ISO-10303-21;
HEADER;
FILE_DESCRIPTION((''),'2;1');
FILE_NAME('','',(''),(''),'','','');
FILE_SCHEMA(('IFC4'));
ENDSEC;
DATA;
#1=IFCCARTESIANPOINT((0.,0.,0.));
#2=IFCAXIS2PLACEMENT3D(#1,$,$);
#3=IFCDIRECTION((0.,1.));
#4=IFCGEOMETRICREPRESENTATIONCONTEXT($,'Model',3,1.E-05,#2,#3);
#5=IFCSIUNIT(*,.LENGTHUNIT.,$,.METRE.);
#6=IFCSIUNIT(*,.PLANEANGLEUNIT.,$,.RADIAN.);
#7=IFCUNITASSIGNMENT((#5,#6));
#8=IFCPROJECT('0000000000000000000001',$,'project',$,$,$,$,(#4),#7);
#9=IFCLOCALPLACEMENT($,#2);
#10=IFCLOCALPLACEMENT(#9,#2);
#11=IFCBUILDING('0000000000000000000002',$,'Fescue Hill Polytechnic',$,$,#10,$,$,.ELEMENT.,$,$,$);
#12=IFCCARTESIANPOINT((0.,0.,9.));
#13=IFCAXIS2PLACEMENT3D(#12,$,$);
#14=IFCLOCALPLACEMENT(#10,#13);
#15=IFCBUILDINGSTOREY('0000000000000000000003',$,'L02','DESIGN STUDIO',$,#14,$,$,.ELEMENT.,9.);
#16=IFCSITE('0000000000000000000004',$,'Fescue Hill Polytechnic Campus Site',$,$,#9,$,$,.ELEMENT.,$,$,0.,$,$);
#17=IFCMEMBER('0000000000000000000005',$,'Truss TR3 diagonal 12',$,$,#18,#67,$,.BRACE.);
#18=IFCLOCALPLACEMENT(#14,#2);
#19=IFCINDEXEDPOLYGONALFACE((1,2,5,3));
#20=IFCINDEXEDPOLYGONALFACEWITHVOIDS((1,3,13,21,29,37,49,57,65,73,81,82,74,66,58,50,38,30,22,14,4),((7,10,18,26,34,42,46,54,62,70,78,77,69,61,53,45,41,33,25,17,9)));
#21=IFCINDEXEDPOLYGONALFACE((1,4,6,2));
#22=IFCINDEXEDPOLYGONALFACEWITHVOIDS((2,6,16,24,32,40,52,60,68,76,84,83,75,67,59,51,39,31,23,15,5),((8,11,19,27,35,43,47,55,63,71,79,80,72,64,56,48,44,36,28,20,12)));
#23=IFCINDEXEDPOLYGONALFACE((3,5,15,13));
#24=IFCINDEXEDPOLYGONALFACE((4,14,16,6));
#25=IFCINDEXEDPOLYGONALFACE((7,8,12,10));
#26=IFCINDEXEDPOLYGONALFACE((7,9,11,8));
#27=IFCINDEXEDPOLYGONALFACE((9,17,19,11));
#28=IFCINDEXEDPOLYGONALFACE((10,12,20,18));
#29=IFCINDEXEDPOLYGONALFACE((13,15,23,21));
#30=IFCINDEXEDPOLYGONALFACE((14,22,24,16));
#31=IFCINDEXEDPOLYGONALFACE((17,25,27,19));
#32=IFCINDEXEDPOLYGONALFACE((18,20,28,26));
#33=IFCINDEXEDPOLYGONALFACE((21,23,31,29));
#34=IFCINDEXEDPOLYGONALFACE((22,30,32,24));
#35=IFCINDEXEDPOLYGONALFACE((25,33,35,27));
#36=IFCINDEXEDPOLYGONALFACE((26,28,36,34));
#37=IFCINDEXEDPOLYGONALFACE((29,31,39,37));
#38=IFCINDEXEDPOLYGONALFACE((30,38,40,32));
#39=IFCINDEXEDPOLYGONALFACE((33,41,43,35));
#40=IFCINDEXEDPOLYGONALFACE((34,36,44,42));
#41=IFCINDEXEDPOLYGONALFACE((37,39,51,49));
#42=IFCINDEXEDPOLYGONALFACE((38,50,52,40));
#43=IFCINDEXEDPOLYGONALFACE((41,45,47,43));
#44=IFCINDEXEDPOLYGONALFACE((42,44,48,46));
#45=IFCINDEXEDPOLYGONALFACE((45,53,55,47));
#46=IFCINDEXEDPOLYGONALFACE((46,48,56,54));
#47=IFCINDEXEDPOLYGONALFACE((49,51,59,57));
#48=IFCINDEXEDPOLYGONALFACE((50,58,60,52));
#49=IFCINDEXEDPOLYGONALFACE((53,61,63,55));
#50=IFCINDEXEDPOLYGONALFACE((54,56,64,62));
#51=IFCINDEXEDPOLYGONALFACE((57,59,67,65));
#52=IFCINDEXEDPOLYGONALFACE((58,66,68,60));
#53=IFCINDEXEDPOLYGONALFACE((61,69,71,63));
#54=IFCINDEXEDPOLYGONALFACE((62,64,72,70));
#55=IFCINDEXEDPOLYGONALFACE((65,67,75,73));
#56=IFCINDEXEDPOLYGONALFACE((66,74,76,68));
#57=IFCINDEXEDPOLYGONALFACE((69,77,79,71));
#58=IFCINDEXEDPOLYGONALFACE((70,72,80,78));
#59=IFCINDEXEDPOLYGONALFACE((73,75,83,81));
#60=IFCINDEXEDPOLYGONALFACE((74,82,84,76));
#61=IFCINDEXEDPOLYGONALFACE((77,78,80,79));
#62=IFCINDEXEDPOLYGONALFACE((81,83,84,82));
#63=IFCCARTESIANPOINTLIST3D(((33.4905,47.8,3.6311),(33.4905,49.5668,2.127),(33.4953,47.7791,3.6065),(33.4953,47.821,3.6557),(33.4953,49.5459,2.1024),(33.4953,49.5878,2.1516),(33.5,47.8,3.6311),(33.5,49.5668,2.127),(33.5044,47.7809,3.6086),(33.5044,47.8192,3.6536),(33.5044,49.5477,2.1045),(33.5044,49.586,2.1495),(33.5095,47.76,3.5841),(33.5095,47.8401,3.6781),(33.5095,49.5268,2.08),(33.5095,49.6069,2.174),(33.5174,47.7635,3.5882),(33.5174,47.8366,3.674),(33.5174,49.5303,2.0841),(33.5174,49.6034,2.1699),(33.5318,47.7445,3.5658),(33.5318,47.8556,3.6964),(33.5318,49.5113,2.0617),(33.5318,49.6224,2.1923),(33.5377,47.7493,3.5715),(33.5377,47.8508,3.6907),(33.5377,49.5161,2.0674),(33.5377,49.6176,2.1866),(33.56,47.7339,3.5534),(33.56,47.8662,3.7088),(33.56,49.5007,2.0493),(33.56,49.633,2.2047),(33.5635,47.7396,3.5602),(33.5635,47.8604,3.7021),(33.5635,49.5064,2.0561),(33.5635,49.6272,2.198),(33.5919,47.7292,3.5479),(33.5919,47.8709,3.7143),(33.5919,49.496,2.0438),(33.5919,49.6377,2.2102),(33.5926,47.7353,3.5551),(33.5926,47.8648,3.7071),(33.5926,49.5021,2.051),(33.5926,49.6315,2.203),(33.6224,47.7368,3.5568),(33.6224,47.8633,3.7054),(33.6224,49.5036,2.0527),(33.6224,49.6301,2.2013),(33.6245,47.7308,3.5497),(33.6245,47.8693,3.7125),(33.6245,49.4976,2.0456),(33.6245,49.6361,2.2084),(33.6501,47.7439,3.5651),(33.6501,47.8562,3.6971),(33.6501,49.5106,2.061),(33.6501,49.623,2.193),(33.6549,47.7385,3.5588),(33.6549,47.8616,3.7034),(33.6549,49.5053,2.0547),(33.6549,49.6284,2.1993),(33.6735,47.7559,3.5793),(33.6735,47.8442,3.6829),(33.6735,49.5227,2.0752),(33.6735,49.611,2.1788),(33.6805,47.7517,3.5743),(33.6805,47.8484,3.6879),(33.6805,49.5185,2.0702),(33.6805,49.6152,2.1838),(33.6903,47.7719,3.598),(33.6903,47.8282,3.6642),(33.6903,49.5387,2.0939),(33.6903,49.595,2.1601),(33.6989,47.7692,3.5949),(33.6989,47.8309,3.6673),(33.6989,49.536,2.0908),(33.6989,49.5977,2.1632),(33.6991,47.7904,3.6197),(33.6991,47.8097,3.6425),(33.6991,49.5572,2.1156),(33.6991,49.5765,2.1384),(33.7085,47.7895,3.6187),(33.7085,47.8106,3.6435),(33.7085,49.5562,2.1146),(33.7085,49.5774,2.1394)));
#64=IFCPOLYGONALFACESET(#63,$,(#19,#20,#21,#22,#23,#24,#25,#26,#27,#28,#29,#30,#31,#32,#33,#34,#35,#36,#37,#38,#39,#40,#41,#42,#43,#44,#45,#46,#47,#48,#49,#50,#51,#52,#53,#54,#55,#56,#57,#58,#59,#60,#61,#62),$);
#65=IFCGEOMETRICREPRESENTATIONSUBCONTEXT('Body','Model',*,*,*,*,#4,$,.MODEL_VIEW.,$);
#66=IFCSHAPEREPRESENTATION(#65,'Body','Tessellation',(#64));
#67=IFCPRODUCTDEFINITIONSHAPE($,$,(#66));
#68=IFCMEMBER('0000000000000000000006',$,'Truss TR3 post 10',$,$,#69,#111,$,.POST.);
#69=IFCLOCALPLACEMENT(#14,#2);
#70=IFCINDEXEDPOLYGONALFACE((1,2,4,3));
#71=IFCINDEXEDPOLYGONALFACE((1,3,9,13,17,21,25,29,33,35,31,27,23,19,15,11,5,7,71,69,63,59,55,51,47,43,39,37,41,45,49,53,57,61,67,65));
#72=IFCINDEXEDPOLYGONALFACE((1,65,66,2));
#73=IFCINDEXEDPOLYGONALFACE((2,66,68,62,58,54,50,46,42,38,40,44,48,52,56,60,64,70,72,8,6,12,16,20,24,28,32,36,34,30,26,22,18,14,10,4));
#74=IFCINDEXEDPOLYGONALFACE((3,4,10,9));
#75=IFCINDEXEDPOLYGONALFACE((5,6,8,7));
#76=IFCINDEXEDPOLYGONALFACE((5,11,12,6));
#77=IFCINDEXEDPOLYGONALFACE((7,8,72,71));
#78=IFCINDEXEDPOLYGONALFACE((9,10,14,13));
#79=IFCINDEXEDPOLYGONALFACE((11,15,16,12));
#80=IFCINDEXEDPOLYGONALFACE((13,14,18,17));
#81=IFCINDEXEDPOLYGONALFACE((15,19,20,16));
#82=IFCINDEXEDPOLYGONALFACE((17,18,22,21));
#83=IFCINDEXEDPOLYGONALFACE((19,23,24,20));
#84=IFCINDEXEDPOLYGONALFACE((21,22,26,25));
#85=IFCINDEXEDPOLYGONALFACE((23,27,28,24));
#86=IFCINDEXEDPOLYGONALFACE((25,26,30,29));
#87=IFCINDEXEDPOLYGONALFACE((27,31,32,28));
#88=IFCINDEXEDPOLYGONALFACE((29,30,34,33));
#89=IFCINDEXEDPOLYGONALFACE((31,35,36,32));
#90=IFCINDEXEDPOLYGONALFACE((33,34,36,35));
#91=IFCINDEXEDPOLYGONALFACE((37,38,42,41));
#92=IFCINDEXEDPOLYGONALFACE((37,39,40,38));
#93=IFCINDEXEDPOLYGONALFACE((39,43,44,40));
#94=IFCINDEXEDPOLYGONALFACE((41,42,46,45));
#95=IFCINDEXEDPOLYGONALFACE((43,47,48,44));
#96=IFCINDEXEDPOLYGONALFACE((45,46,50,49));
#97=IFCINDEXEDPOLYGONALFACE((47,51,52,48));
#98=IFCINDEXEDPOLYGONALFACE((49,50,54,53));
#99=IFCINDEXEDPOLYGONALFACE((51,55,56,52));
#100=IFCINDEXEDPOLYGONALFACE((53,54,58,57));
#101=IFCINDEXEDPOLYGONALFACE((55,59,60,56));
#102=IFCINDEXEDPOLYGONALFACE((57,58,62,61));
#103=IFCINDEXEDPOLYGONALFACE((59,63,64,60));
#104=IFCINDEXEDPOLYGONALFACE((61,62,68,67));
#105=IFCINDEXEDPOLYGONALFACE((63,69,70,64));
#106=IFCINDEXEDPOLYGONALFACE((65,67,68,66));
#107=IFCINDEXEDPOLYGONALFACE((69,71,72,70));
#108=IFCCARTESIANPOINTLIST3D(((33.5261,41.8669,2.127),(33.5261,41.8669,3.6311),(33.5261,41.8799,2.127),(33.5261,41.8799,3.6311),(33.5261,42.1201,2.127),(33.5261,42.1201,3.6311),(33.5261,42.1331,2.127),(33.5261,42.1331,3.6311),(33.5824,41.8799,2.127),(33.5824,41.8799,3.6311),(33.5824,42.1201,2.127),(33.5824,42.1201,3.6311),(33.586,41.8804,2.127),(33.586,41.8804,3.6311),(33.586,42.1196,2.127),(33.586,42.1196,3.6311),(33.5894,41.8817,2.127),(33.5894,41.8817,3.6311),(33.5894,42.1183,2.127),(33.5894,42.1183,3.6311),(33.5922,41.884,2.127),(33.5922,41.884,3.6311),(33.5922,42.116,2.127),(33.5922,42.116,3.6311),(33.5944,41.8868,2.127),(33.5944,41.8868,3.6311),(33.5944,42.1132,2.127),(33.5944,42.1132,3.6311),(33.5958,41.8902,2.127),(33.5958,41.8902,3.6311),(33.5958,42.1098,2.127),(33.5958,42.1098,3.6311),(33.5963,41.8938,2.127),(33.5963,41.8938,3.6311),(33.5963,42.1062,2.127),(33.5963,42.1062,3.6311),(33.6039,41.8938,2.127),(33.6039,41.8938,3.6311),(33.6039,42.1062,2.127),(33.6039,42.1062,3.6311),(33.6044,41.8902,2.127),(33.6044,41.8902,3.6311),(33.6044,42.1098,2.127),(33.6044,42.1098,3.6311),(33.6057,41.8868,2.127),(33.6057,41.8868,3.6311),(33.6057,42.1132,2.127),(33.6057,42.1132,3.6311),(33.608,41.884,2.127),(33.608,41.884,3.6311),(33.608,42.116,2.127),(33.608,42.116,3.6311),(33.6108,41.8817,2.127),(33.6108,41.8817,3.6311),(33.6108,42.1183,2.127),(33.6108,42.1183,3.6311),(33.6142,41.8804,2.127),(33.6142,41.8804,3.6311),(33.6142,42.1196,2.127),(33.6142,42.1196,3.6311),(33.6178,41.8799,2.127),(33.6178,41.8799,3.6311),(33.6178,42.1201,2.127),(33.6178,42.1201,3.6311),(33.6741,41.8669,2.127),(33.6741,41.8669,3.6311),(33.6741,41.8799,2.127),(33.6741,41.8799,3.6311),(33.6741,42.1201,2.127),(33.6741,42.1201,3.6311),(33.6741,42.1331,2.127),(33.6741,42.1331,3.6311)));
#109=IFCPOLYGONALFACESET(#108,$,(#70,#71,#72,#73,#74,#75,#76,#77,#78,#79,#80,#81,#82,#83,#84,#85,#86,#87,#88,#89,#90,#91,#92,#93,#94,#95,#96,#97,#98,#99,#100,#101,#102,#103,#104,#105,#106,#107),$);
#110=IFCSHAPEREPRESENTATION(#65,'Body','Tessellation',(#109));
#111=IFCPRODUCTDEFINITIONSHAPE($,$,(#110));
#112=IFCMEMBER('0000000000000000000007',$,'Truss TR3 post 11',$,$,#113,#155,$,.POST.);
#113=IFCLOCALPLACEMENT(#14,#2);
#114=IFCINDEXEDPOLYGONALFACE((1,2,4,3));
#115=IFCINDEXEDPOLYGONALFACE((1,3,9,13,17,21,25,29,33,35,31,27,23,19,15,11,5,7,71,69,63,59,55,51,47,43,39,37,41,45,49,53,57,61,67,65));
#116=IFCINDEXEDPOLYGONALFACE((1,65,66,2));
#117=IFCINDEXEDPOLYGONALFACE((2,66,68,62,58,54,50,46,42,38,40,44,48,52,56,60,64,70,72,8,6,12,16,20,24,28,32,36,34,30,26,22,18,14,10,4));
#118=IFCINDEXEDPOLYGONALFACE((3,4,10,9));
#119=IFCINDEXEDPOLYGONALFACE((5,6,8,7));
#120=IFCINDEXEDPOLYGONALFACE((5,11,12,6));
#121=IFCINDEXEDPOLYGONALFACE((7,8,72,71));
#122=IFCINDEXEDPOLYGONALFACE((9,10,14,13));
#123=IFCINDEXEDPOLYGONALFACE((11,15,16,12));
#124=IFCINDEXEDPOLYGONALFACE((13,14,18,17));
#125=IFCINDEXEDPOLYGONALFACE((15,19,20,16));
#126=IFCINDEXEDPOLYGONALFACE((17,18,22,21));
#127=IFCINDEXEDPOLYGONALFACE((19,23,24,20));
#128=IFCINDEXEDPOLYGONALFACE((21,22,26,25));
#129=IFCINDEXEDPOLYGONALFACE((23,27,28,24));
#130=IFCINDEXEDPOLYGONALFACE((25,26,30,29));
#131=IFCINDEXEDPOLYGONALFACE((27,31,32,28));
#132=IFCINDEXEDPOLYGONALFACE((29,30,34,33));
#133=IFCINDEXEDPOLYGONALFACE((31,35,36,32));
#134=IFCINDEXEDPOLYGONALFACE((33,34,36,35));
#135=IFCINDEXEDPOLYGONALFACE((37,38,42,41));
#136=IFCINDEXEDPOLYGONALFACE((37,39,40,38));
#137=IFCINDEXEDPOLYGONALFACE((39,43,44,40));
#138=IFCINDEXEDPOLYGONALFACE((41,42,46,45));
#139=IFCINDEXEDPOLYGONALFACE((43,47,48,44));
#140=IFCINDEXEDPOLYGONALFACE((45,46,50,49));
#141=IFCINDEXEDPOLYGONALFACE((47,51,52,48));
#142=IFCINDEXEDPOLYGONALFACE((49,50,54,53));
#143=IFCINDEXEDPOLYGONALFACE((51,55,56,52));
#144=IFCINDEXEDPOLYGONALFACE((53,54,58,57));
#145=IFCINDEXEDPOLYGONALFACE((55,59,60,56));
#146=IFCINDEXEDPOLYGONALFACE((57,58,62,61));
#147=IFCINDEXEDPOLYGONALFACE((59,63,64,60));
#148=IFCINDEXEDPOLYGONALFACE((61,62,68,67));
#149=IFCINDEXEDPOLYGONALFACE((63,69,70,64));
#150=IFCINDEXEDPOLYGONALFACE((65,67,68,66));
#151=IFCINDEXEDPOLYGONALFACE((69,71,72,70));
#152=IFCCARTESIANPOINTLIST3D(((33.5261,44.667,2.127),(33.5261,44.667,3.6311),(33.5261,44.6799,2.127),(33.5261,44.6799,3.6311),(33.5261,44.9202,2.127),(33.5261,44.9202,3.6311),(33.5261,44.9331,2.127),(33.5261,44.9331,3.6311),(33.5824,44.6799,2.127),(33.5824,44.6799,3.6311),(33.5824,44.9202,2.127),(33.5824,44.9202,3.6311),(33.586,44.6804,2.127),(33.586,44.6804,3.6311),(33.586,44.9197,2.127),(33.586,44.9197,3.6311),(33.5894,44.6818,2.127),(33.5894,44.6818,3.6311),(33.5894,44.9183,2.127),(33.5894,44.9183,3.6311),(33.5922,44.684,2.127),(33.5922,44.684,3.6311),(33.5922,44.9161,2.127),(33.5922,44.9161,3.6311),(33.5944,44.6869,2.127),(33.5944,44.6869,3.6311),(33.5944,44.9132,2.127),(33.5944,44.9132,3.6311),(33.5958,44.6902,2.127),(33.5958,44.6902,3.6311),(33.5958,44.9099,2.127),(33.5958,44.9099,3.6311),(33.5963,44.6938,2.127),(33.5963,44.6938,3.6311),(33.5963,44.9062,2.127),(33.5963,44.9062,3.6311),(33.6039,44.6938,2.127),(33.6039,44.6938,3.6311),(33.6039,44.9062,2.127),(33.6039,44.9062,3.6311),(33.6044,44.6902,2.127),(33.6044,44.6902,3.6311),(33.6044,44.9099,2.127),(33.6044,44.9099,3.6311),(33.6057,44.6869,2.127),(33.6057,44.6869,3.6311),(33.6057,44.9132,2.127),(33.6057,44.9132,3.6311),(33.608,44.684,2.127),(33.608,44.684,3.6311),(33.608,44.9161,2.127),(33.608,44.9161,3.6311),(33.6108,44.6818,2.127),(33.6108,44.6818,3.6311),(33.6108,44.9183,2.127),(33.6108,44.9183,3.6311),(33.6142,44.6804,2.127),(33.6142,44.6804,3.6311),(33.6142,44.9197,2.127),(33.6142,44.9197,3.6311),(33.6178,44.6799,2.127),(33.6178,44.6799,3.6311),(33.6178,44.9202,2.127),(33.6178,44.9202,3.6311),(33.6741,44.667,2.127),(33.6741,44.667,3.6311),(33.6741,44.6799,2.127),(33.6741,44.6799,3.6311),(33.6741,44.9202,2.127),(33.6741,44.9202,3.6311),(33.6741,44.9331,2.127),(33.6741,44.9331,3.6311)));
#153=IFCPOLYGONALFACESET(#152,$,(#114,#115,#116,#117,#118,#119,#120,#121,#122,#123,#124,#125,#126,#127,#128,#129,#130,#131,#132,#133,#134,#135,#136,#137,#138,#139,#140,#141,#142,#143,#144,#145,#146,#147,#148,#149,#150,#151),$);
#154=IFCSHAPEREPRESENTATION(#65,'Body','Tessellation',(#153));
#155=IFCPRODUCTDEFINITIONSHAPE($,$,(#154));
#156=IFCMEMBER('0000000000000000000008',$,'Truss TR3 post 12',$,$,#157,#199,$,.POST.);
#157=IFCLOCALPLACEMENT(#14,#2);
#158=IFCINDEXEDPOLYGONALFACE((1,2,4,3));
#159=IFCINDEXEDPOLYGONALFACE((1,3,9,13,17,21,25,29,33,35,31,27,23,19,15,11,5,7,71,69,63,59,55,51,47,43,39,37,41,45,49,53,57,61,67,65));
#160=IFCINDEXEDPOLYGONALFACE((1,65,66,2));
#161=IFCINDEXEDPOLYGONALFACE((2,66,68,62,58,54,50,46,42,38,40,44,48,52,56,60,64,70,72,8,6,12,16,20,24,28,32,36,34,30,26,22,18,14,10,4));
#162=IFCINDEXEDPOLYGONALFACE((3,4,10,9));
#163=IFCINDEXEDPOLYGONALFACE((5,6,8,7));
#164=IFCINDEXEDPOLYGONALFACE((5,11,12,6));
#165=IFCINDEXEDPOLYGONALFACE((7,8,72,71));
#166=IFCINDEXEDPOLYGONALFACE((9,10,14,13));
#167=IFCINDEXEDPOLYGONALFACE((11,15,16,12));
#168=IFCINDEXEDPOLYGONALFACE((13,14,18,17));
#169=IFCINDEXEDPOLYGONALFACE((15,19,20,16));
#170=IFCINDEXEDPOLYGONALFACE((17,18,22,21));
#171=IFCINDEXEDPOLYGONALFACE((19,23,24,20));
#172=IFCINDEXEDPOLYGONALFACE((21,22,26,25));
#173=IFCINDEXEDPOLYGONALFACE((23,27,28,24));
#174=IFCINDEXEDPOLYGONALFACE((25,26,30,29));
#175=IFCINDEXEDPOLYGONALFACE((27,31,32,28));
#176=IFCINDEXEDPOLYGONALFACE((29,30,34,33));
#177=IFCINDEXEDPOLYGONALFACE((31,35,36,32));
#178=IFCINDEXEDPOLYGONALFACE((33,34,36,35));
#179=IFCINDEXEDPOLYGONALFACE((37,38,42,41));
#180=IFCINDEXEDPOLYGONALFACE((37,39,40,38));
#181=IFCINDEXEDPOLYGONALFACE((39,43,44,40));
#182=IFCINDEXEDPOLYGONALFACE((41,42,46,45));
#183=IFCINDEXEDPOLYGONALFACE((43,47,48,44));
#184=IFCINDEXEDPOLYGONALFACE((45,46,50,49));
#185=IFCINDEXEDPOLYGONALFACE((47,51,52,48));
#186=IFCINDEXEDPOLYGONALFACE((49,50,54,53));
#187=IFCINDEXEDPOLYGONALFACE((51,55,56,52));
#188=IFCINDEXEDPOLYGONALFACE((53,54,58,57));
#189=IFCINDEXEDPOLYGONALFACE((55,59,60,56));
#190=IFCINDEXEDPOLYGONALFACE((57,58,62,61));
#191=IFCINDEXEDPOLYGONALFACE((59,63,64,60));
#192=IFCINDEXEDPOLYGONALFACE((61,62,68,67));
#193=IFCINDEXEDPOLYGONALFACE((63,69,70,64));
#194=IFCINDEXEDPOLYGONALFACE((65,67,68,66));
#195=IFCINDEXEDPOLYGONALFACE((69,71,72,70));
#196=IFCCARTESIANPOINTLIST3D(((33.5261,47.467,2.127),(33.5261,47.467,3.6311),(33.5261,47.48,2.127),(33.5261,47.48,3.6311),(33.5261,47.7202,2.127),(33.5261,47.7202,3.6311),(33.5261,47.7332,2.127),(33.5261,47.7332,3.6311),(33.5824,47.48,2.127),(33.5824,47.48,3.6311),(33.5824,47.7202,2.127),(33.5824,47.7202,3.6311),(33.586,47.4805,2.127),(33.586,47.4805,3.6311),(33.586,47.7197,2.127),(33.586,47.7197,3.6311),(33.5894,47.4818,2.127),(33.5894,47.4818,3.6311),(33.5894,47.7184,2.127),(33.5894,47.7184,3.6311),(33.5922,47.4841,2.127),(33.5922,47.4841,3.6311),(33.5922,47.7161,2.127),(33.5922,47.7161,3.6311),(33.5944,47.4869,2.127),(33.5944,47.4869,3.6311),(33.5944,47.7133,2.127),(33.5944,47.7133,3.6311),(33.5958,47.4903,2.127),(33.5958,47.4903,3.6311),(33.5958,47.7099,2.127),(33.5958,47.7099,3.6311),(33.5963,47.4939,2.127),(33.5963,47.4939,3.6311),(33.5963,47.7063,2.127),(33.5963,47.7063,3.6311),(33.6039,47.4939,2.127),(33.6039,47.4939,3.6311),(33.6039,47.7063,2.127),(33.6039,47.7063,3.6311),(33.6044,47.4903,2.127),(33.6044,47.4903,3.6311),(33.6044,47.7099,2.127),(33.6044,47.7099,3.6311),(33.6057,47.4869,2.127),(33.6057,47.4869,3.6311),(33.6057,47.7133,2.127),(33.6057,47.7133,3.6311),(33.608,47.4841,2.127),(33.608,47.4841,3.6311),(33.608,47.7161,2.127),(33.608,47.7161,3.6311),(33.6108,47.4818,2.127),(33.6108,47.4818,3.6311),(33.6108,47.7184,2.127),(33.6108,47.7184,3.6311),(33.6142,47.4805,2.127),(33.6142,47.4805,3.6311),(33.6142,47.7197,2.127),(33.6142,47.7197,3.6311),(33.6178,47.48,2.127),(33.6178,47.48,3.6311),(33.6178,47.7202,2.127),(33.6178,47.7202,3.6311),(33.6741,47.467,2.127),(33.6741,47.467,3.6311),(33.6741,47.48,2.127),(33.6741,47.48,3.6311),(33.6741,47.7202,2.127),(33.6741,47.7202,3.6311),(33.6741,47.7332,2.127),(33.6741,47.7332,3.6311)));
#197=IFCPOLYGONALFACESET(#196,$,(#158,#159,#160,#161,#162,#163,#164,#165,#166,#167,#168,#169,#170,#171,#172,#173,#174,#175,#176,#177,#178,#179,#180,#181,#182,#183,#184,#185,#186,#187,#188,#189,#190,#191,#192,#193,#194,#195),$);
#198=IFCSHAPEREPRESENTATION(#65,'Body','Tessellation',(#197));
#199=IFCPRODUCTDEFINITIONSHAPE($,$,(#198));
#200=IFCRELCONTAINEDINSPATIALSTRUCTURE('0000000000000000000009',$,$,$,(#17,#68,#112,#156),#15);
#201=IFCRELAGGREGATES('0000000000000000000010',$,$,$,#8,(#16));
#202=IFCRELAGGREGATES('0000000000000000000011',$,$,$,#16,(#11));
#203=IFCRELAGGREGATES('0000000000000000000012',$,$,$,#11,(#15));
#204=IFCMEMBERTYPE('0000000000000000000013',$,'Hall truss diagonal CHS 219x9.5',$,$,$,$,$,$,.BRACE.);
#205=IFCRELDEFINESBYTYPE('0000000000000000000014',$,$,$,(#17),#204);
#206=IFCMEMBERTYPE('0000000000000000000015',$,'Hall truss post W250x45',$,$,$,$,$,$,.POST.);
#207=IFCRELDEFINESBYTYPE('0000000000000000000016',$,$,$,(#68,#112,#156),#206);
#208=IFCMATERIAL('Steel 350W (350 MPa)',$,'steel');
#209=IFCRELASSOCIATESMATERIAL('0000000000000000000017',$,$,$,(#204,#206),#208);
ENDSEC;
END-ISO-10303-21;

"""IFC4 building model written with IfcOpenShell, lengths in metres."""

from ifc_helpers import new_model, si_unit, direction, frame, origin, origin_2d, place, context, subcontext, project, spatial, hollow_circle, i_section, extrude, material, material_profile, profile_set, type_object, element, save


model = new_model("IFC4")

# Units and contexts
model_context = context("Model", 3, precision=1e-05, world=origin(), true_north=direction((0.0, 1.0)))
body_context = subcontext(model_context, "Body", "Model", "MODEL_VIEW")
ifc_project = project(units=[si_unit("LENGTHUNIT", "METRE"), si_unit("PLANEANGLEUNIT", "RADIAN")], contexts=[model_context])

# Site, building, storey
site_placement = place(None, origin())
site = spatial("IfcSite", under=ifc_project, at=site_placement, Name="Fescue Hill Polytechnic Campus Site", CompositionType="ELEMENT", RefElevation=0.0)
building_placement = place(site_placement, origin())
building = spatial("IfcBuilding", under=site, at=building_placement, Name="Fescue Hill Polytechnic", CompositionType="ELEMENT")
storey_placement = place(building_placement, frame((0.0, 0.0, 9.0)))
storey = spatial("IfcBuildingStorey", under=building, at=storey_placement, Name="L02", Description="DESIGN STUDIO", CompositionType="ELEMENT", Elevation=9.0)

# Members
ifc_material = material(Name="Steel 350W (350 MPa)", Category="steel")
ifc_material_profile_1 = material_profile(ifc_material, hollow_circle(Radius=0.1096, WallThickness=0.0095, at=origin_2d()), Name="Hall truss diagonal CHS 219x9.5")
ifc_profile_set_1 = profile_set([ifc_material_profile_1], Name="Steel 350W (350 MPa)")
member_type_1 = type_object("IfcMemberType", Name="Hall truss diagonal CHS 219x9.5", PredefinedType="BRACE", material=ifc_profile_set_1)
member_1_placement = place(storey_placement, frame((33.6001, 47.8, 3.6311), z_axis=(0.0, 0.761443, -0.648232), x_axis=(-1.0, 0.0, 0.0)))
element("IfcMember", 1, at=member_1_placement, inside=storey, type_object=member_type_1, Name="Truss TR3 diagonal 12", PredefinedType="BRACE", context=body_context, shape_type="SweptSolid", body=[
    extrude(hollow_circle(Radius=0.1096, WallThickness=0.0095, at=origin_2d()), origin(), (0.0, 0.0, 1.0), 2.3203),
])
ifc_material_profile_2 = material_profile(ifc_material, i_section(OverallWidth=0.1479, OverallDepth=0.2661, WebThickness=0.0076, FlangeThickness=0.0129, FilletRadius=0.0139, at=origin_2d()), Name="W250x45")
ifc_profile_set_2 = profile_set([ifc_material_profile_2], Name="Steel 350W (350 MPa)")
member_type_2 = type_object("IfcMemberType", Name="Hall truss post W250x45", PredefinedType="POST", material=ifc_profile_set_2)
for number, where, z_axis, x_axis, name in (
    (2, (33.6001, 42.0, 2.127), (0.0, 0.0, 1.0), (1.0, 0.0, 0.0), "Truss TR3 post 10"),
    (3, (33.6001, 44.8, 2.127), (0.0, 0.0, 1.0), (1.0, 0.0, 0.0), "Truss TR3 post 11"),
    (4, (33.6001, 47.6001, 2.127), (0.0, 0.0, 1.0), (1.0, 0.0, 0.0), "Truss TR3 post 12"),
):
    element("IfcMember", number, at=place(storey_placement, frame(where, z_axis=z_axis, x_axis=x_axis)), inside=storey, type_object=member_type_2, Name=name, PredefinedType="POST", context=body_context, shape_type="SweptSolid", body=[
        extrude(i_section(OverallWidth=0.1479, OverallDepth=0.2661, WebThickness=0.0076, FlangeThickness=0.0129, FilletRadius=0.0139, at=origin_2d()), origin(), (0.0, 0.0, 1.0), 1.5042),
    ])

save(model, "model.ifc")
